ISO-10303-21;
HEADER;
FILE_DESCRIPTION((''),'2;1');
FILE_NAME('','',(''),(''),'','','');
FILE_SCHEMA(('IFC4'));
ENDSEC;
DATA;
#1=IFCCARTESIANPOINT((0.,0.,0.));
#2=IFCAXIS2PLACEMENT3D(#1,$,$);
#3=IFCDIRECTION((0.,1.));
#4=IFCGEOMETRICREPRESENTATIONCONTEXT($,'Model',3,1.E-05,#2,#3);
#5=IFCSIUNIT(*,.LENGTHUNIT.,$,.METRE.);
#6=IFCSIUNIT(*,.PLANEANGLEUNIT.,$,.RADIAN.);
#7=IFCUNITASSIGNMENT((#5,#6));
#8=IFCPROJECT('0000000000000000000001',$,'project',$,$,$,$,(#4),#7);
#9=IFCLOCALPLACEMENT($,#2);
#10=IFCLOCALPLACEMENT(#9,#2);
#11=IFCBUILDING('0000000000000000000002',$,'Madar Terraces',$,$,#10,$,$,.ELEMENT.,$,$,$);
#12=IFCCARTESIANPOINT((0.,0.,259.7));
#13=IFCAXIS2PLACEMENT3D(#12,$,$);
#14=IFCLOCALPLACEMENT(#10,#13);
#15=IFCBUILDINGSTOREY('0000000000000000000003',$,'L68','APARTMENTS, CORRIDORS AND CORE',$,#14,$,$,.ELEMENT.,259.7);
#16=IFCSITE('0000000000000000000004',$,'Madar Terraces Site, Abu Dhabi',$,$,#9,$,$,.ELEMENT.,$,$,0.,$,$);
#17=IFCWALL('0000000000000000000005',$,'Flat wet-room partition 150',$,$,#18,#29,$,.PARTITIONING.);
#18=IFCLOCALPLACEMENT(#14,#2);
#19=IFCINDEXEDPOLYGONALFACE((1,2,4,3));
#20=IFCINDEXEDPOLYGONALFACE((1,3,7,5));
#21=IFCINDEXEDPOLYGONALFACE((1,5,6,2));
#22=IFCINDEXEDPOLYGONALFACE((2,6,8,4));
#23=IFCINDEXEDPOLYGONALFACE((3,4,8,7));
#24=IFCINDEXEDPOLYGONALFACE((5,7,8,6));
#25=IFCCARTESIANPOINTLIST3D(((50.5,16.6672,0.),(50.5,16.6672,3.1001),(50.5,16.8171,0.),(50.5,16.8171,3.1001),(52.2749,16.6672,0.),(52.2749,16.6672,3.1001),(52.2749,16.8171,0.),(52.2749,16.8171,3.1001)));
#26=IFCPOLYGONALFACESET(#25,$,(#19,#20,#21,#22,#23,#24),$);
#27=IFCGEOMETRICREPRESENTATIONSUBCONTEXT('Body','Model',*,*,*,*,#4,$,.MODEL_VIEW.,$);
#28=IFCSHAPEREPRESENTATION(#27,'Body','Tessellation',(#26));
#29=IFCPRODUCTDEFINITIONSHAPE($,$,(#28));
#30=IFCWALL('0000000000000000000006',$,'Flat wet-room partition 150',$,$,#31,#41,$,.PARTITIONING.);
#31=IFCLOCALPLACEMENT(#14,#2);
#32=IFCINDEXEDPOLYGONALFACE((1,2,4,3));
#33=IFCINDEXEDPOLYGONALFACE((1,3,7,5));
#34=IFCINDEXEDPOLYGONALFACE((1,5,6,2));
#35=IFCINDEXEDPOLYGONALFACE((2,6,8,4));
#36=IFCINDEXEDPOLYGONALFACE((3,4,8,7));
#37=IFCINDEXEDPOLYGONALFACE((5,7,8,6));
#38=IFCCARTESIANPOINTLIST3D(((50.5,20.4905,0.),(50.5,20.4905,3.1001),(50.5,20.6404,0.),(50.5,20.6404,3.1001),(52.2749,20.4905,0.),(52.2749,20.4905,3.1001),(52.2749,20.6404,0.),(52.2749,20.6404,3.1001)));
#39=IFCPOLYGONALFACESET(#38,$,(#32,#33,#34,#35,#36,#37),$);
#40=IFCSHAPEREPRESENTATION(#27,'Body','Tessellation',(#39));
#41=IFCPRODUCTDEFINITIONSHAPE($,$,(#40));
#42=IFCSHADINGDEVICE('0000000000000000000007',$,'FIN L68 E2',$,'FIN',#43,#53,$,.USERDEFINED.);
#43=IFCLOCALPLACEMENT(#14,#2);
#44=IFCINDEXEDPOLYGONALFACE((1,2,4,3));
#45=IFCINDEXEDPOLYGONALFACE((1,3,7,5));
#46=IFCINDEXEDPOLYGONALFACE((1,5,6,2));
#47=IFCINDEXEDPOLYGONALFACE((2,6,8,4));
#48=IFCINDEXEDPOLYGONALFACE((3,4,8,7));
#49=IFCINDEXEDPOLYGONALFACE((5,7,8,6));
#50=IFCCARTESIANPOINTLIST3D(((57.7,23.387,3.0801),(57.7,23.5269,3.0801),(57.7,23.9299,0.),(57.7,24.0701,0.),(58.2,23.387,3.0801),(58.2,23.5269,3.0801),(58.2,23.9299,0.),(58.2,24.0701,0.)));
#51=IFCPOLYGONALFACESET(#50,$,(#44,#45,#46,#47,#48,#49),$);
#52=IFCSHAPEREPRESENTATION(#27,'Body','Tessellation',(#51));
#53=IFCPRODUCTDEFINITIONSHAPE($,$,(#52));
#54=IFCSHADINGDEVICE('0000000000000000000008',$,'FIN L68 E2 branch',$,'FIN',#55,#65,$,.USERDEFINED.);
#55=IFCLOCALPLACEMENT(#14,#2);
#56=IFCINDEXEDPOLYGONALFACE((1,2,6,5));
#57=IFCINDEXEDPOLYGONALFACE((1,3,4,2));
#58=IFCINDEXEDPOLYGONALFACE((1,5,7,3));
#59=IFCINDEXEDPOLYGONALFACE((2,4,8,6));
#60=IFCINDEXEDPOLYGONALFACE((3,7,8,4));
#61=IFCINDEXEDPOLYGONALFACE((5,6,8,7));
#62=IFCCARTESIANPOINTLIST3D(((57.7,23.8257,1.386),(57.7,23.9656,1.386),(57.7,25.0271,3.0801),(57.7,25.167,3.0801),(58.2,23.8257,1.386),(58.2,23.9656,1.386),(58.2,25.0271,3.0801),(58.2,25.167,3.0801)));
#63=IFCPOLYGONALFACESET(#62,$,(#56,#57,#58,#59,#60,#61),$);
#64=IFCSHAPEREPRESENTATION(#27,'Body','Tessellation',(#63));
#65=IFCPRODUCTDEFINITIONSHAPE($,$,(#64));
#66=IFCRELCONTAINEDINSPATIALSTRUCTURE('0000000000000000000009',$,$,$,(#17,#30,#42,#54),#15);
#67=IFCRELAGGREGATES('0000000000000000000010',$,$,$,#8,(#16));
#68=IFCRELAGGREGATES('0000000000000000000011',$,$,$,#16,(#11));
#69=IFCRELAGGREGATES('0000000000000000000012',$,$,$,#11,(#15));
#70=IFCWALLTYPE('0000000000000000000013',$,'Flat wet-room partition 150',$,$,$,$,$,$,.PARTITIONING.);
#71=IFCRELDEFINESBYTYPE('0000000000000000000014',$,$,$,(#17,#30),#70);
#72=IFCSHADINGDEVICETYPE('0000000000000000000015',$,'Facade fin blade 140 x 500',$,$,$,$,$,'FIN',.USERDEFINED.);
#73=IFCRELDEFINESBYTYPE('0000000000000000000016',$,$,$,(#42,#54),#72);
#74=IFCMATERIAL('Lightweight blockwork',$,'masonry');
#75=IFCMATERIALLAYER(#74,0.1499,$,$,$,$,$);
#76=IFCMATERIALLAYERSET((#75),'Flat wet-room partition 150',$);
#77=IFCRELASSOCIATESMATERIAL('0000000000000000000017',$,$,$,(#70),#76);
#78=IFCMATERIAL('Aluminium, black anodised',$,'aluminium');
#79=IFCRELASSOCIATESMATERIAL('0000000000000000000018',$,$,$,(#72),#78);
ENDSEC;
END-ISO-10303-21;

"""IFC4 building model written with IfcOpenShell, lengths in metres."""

from ifc_helpers import new_model, si_unit, direction, frame, frame_2d, origin, place, context, subcontext, project, spatial, polyline, rectangle, outline, extrude, material, layer, layer_set, type_object, element, save


model = new_model("IFC4")

# Units and contexts
model_context = context("Model", 3, precision=1e-05, world=origin(), true_north=direction((0.0, 1.0)))
body_context = subcontext(model_context, "Body", "Model", "MODEL_VIEW")
ifc_project = project(units=[si_unit("LENGTHUNIT", "METRE"), si_unit("PLANEANGLEUNIT", "RADIAN")], contexts=[model_context])

# Site, building, storey
site_placement = place(None, origin())
site = spatial("IfcSite", under=ifc_project, at=site_placement, Name="Madar Terraces Site, Abu Dhabi", CompositionType="ELEMENT", RefElevation=0.0)
building_placement = place(site_placement, origin())
building = spatial("IfcBuilding", under=site, at=building_placement, Name="Madar Terraces", CompositionType="ELEMENT")
storey_placement = place(building_placement, frame((0.0, 0.0, 259.7)))
storey = spatial("IfcBuildingStorey", under=building, at=storey_placement, Name="L68", Description="APARTMENTS, CORRIDORS AND CORE", CompositionType="ELEMENT", Elevation=259.7)

# Walls
ifc_material_1 = material(Name="Lightweight blockwork", Category="masonry")
ifc_layer_1 = layer(ifc_material_1, 0.1499)
ifc_layer_set_1 = layer_set([ifc_layer_1], Name="Flat wet-room partition 150")
wall_type_1 = type_object("IfcWallType", Name="Flat wet-room partition 150", PredefinedType="PARTITIONING", material=ifc_layer_set_1)
for number, where, z_axis, x_axis, name in (
    (1, (50.5, 16.7422, 0.0), (0.0, 0.0, 1.0), (1.0, 0.0, 0.0), "Flat wet-room partition 150"),
    (2, (50.5, 20.5654, 0.0), (0.0, 0.0, 1.0), (1.0, 0.0, 0.0), "Flat wet-room partition 150"),
):
    element("IfcWall", number, at=place(storey_placement, frame(where, z_axis=z_axis, x_axis=x_axis)), inside=storey, type_object=wall_type_1, Name=name, PredefinedType="PARTITIONING", context=body_context, shape_type="SweptSolid", body=[
        extrude(rectangle(XDim=1.7749, YDim=0.1499, at=frame_2d((0.8875, 0.0))), origin(), (0.0, 0.0, 1.0), 3.1001),
    ])

# Shading devices
ifc_material_2 = material(Name="Aluminium, black anodised", Category="aluminium")
shading_device_type = type_object("IfcShadingDeviceType", Name="Facade fin blade 140 x 500", ElementType="FIN", PredefinedType="USERDEFINED", material=ifc_material_2)
shading_device_1_placement = place(storey_placement, frame((57.95, 23.9299, 0.0), z_axis=(0.0, 0.0, 1.0), x_axis=(0.0, 1.0, 0.0)))
element("IfcShadingDevice", 3, at=shading_device_1_placement, inside=storey, type_object=shading_device_type, Name="FIN L68 E2", ObjectType="FIN", PredefinedType="USERDEFINED", context=body_context, shape_type="SweptSolid", body=[
    extrude(outline(polyline([(0.0, 0.0), (0.1401, 0.0), (-0.4031, 3.0801), (-0.543, 3.0801), (0.0, 0.0)])), frame((0.0, 0.25, 0.0), z_axis=(0.0, -1.0, 0.0), x_axis=(1.0, 0.0, 0.0)), (0.0, 0.0, 1.0), 0.5),
])
shading_device_2_placement = place(storey_placement, frame((57.95, 23.8257, 1.386), z_axis=(0.0, 0.0, 1.0), x_axis=(0.0, 1.0, 0.0)))
element("IfcShadingDevice", 4, at=shading_device_2_placement, inside=storey, type_object=shading_device_type, Name="FIN L68 E2 branch", ObjectType="FIN", PredefinedType="USERDEFINED", context=body_context, shape_type="SweptSolid", body=[
    extrude(outline(polyline([(0.0, 0.0), (0.1399, 0.0), (1.3413, 1.6941), (1.2014, 1.6941), (0.0, 0.0)])), frame((0.0, 0.25, 0.0), z_axis=(0.0, -1.0, 0.0), x_axis=(1.0, 0.0, 0.0)), (0.0, 0.0, 1.0), 0.5),
])

save(model, "model.ifc")
